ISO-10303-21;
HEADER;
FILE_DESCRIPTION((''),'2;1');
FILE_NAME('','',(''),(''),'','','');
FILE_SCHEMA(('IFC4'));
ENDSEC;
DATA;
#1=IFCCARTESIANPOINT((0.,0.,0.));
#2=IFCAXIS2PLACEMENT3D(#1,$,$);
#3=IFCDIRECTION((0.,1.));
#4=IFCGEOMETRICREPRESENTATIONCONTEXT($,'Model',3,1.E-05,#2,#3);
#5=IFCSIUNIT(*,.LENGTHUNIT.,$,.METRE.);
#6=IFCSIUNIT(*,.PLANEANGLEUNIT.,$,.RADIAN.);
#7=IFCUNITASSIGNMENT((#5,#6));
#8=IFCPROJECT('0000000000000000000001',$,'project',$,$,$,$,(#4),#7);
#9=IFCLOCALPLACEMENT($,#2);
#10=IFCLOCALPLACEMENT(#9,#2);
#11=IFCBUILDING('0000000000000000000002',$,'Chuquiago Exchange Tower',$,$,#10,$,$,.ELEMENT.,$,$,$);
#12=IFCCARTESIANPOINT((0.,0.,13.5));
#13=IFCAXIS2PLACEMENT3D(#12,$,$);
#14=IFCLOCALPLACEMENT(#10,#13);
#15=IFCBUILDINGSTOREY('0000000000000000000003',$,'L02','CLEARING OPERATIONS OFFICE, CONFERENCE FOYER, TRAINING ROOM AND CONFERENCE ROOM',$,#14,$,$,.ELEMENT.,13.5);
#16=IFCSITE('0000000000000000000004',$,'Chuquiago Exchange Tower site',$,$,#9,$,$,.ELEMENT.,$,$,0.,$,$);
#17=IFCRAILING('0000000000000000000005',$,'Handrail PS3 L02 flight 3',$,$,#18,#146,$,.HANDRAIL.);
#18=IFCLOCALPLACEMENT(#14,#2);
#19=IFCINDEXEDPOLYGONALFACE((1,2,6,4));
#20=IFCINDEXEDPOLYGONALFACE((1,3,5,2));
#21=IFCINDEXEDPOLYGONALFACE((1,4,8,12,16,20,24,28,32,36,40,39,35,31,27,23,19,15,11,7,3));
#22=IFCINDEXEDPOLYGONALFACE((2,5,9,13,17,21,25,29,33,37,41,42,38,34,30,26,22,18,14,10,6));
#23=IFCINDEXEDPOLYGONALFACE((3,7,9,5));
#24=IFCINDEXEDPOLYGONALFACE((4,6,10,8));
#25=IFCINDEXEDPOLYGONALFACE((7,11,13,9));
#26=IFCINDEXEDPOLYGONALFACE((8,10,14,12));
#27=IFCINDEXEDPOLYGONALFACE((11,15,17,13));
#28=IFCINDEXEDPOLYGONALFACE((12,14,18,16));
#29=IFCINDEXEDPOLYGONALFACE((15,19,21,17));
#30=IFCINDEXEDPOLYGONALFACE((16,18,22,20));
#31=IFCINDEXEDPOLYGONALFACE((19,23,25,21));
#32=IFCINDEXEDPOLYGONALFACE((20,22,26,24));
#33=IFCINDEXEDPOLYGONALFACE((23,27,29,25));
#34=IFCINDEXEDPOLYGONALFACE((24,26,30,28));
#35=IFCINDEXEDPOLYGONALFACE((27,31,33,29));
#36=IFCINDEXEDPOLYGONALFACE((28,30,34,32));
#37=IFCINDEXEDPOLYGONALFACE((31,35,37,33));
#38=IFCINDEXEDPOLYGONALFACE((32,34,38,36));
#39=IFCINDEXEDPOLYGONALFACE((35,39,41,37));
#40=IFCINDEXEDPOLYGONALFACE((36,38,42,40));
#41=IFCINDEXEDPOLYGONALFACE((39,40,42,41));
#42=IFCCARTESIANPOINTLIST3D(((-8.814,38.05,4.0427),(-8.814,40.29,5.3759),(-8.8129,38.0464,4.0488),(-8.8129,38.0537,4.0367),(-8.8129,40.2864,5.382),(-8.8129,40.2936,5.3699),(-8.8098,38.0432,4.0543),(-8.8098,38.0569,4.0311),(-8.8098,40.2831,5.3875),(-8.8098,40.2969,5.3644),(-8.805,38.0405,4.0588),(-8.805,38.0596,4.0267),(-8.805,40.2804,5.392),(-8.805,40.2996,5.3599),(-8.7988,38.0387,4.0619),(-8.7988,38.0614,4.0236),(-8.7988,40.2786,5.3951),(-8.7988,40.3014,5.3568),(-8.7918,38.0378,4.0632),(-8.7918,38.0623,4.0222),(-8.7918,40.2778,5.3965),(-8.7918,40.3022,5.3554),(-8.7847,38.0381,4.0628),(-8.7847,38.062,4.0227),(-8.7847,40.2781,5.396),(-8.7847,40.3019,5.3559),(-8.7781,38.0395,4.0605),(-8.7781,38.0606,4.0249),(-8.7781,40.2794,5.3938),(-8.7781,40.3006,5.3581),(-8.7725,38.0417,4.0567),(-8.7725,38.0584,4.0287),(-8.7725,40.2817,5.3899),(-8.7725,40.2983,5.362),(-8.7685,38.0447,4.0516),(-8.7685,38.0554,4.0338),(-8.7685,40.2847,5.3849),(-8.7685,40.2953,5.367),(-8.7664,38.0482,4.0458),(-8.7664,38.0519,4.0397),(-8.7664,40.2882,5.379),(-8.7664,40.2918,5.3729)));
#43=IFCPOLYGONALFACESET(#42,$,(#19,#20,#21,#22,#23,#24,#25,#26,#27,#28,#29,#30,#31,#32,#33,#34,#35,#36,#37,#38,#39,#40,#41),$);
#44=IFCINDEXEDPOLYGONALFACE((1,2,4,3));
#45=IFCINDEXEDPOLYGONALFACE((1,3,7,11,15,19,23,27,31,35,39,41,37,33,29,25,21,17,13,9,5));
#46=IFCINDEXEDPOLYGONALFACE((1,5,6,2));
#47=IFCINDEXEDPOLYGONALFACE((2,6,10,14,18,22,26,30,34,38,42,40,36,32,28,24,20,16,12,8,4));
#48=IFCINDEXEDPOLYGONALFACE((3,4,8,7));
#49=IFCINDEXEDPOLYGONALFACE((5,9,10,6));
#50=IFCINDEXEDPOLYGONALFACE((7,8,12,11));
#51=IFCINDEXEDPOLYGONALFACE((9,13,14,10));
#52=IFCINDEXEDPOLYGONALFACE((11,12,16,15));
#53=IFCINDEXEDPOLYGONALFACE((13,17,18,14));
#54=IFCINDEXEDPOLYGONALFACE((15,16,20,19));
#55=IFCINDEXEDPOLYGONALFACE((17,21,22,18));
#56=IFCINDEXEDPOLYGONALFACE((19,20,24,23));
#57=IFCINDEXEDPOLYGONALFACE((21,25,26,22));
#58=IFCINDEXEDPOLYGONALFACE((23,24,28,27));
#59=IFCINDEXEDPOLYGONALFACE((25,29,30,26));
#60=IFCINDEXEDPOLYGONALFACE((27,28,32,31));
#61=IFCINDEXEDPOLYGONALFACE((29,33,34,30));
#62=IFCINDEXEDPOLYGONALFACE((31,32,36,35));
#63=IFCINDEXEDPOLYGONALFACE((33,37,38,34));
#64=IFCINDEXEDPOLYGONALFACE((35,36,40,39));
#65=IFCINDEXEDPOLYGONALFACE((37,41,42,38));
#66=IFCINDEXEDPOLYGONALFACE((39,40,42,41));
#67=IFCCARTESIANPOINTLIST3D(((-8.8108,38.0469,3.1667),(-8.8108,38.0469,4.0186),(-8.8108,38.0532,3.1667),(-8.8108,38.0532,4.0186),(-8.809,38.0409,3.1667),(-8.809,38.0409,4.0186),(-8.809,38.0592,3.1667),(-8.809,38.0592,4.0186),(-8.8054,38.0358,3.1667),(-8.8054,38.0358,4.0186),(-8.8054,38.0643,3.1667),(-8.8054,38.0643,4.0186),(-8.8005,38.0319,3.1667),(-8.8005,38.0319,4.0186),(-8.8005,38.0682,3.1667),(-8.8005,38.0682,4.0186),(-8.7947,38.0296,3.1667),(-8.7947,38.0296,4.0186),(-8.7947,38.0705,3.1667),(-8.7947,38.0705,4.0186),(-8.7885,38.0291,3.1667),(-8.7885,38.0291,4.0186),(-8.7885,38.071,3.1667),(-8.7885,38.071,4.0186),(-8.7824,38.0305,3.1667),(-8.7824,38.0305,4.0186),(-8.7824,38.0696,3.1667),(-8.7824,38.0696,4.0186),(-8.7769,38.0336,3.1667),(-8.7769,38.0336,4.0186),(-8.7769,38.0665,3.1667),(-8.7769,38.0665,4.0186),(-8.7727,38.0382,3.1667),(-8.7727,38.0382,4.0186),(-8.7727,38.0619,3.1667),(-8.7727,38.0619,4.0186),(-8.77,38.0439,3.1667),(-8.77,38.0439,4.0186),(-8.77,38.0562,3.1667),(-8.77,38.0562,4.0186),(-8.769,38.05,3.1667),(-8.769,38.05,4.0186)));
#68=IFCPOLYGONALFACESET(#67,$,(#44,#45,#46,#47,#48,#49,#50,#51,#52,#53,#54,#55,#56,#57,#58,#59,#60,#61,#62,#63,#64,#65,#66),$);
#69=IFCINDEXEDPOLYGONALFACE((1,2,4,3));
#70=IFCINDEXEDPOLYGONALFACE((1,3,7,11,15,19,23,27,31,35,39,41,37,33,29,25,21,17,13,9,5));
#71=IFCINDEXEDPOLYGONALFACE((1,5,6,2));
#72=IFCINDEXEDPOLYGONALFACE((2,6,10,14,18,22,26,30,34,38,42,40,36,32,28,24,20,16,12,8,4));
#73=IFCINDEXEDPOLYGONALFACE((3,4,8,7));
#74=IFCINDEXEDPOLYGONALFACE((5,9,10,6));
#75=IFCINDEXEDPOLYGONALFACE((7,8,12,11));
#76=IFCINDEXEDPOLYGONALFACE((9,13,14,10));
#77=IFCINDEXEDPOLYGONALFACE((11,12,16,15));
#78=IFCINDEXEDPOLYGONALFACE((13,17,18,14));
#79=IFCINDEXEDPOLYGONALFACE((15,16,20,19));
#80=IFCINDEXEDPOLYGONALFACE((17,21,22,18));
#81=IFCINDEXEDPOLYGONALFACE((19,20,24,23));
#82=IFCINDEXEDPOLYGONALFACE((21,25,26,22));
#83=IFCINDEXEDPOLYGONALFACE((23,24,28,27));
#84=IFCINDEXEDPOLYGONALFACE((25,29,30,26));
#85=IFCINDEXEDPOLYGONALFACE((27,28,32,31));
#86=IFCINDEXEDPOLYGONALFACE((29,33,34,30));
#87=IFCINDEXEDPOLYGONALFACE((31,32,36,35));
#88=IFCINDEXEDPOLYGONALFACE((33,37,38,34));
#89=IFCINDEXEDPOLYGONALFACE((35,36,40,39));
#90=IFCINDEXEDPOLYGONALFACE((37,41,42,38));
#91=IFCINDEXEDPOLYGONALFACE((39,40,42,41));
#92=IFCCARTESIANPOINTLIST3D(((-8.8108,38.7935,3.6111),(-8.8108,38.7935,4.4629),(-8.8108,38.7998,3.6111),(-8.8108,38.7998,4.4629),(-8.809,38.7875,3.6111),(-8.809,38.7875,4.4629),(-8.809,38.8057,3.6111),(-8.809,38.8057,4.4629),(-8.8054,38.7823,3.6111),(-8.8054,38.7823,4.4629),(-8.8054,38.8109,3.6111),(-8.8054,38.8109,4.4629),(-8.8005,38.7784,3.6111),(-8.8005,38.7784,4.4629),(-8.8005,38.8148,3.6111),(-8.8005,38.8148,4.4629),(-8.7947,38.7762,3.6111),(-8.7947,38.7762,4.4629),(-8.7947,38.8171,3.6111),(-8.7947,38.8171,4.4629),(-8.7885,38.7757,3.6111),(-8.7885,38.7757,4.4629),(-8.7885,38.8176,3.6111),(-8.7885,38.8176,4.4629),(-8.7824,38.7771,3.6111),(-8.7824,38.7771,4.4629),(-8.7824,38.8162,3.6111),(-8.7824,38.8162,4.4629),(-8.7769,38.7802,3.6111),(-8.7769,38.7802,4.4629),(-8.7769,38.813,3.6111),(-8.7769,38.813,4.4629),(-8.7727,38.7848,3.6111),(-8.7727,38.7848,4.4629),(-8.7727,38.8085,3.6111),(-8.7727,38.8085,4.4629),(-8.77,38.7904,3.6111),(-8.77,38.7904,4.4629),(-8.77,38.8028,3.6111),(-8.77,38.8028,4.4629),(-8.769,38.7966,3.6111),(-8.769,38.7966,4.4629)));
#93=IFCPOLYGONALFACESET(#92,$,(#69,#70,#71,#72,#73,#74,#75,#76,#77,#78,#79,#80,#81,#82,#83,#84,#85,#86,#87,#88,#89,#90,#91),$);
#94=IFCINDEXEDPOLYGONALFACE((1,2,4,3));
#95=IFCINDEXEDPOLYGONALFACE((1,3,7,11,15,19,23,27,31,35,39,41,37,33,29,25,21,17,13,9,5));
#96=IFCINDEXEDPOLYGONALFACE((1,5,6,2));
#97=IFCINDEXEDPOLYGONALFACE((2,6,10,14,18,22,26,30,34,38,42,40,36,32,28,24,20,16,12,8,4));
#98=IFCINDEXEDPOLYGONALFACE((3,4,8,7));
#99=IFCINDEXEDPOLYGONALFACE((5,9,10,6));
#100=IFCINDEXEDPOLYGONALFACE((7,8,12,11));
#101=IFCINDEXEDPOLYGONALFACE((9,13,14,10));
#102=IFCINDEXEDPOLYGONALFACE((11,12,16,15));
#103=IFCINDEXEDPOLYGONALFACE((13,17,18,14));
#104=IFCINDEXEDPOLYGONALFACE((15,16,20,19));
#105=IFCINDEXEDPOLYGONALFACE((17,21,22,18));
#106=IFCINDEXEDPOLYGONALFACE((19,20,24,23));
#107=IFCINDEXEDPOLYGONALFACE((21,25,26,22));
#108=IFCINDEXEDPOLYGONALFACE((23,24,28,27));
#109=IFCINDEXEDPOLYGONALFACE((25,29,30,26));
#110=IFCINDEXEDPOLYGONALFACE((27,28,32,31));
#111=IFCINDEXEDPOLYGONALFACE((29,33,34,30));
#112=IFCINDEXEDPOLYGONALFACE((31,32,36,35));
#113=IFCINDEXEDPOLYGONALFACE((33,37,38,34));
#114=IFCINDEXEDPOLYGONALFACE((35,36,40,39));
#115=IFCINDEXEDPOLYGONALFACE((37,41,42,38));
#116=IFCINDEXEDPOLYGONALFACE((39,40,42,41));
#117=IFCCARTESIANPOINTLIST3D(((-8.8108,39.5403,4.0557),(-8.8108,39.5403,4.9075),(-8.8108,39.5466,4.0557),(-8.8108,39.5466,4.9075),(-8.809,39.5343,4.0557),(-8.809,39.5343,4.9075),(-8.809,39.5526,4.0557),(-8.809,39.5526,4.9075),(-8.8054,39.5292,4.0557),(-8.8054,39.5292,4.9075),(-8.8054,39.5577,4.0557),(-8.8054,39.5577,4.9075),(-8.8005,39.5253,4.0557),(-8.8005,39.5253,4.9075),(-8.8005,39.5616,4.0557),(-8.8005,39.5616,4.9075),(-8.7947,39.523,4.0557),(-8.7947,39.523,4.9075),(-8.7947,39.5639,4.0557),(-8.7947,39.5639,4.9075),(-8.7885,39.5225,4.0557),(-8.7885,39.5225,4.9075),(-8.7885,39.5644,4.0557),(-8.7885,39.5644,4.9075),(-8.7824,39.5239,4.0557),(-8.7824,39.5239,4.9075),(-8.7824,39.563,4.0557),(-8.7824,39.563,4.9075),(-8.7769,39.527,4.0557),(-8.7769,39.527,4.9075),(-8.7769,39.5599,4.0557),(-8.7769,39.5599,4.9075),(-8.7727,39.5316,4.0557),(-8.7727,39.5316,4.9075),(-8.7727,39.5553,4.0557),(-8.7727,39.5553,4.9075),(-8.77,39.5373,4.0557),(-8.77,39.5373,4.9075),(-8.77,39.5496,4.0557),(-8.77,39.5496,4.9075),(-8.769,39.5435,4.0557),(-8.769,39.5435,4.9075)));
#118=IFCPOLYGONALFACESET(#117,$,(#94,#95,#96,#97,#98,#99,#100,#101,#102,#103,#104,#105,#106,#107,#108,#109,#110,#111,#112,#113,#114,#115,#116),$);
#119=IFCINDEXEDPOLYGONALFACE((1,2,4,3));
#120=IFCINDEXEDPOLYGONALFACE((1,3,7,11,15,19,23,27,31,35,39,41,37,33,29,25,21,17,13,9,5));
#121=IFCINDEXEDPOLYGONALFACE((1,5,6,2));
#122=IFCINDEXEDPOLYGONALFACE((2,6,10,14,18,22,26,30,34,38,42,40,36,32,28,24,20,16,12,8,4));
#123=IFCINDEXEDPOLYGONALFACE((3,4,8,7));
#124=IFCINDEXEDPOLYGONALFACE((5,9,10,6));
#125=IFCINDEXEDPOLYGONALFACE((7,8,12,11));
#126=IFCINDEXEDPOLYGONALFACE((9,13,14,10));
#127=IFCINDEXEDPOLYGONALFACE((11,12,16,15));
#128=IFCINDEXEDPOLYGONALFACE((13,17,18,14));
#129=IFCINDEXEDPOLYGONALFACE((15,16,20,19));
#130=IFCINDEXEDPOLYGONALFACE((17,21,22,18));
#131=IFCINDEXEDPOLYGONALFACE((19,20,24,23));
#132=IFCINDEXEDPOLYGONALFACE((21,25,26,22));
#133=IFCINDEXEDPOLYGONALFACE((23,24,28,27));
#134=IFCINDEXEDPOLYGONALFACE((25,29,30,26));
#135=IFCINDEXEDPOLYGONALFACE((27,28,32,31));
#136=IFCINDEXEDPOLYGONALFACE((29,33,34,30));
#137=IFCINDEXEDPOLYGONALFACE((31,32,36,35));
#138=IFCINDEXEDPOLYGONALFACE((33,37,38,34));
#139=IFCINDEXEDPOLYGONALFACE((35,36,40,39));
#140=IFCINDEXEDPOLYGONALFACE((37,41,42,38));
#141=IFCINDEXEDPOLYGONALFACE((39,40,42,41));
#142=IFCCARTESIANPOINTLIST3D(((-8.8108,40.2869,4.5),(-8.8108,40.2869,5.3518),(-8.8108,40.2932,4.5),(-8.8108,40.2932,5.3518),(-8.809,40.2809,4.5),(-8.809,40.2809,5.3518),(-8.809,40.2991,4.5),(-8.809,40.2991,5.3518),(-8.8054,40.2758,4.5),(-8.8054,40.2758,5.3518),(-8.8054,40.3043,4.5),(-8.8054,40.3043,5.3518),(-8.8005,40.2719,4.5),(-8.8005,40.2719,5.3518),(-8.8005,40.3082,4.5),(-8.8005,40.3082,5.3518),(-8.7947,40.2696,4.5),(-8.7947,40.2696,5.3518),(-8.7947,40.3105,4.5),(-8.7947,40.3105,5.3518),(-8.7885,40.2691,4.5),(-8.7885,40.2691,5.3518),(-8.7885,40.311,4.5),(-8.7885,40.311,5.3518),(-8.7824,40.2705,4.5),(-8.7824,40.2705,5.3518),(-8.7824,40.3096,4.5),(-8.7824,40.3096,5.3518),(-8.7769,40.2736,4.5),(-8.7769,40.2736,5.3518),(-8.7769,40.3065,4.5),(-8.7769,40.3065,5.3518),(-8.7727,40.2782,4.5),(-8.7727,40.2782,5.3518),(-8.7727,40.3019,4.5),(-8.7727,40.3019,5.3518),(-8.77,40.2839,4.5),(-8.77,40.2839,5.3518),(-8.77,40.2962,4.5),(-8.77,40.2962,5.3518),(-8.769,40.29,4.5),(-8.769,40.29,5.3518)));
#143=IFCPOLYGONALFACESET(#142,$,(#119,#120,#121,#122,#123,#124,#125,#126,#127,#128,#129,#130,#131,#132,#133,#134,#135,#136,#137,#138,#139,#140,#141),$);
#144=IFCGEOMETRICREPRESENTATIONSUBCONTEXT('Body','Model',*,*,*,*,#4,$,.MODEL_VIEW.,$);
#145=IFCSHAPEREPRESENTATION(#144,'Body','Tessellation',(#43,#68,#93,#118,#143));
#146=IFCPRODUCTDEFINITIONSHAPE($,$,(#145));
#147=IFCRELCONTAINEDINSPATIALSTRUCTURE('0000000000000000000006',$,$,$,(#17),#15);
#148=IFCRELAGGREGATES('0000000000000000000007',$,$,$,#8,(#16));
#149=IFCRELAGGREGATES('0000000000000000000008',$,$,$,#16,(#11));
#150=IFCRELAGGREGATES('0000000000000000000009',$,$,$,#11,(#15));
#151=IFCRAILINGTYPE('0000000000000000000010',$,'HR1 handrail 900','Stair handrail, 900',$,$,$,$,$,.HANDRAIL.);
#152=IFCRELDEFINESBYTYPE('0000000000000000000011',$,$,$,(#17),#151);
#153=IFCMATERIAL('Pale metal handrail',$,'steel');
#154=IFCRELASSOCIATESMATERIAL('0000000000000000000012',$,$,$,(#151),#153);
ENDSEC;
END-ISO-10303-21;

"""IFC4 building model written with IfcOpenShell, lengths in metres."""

from ifc_helpers import new_model, si_unit, direction, frame, origin, origin_2d, place, context, subcontext, project, spatial, circle, extrude, material, type_object, element, save


model = new_model("IFC4")

# Units and contexts
model_context = context("Model", 3, precision=1e-05, world=origin(), true_north=direction((0.0, 1.0)))
body_context = subcontext(model_context, "Body", "Model", "MODEL_VIEW")
ifc_project = project(units=[si_unit("LENGTHUNIT", "METRE"), si_unit("PLANEANGLEUNIT", "RADIAN")], contexts=[model_context])

# Site, building, storey
site_placement = place(None, origin())
site = spatial("IfcSite", under=ifc_project, at=site_placement, Name="Chuquiago Exchange Tower site", CompositionType="ELEMENT", RefElevation=0.0)
building_placement = place(site_placement, origin())
building = spatial("IfcBuilding", under=site, at=building_placement, Name="Chuquiago Exchange Tower", CompositionType="ELEMENT")
storey_placement = place(building_placement, frame((0.0, 0.0, 13.5)))
storey = spatial("IfcBuildingStorey", under=building, at=storey_placement, Name="L02", Description="CLEARING OPERATIONS OFFICE, CONFERENCE FOYER, TRAINING ROOM AND CONFERENCE ROOM", CompositionType="ELEMENT", Elevation=13.5)

# Railing
ifc_material_1 = material(Name="Pale metal handrail", Category="steel")
railing_type = type_object("IfcRailingType", Name="HR1 handrail 900", Description="Stair handrail, 900", PredefinedType="HANDRAIL", material=ifc_material_1)
for number, where, name in (
    (1, (-8.79, 38.05, 3.1667), "Handrail PS3 L02 flight 3"),
):
    element("IfcRailing", number, at=place(storey_placement, frame(where)), inside=storey, type_object=railing_type, Name=name, PredefinedType="HANDRAIL", context=body_context, shape_type="SweptSolid", body=[
        extrude(circle(Radius=0.0239, at=origin_2d()), frame((0.0, 0.0, 0.876), z_axis=(0.0, 0.859306, 0.511462), x_axis=(-1.0, 0.0, 0.0)), (0.0, 0.0, 1.0), 2.6067),
        extrude(circle(Radius=0.021, at=origin_2d()), origin(), (0.0, 0.0, 1.0), 0.8518),
        extrude(circle(Radius=0.021, at=origin_2d()), frame((0.0, 0.7466, 0.4443)), (0.0, 0.0, 1.0), 0.8518),
        extrude(circle(Radius=0.021, at=origin_2d()), frame((0.0, 1.4934, 0.8889)), (0.0, 0.0, 1.0), 0.8518),
        extrude(circle(Radius=0.021, at=origin_2d()), frame((0.0, 2.24, 1.3333)), (0.0, 0.0, 1.0), 0.8518),
    ])

save(model, "model.ifc")
